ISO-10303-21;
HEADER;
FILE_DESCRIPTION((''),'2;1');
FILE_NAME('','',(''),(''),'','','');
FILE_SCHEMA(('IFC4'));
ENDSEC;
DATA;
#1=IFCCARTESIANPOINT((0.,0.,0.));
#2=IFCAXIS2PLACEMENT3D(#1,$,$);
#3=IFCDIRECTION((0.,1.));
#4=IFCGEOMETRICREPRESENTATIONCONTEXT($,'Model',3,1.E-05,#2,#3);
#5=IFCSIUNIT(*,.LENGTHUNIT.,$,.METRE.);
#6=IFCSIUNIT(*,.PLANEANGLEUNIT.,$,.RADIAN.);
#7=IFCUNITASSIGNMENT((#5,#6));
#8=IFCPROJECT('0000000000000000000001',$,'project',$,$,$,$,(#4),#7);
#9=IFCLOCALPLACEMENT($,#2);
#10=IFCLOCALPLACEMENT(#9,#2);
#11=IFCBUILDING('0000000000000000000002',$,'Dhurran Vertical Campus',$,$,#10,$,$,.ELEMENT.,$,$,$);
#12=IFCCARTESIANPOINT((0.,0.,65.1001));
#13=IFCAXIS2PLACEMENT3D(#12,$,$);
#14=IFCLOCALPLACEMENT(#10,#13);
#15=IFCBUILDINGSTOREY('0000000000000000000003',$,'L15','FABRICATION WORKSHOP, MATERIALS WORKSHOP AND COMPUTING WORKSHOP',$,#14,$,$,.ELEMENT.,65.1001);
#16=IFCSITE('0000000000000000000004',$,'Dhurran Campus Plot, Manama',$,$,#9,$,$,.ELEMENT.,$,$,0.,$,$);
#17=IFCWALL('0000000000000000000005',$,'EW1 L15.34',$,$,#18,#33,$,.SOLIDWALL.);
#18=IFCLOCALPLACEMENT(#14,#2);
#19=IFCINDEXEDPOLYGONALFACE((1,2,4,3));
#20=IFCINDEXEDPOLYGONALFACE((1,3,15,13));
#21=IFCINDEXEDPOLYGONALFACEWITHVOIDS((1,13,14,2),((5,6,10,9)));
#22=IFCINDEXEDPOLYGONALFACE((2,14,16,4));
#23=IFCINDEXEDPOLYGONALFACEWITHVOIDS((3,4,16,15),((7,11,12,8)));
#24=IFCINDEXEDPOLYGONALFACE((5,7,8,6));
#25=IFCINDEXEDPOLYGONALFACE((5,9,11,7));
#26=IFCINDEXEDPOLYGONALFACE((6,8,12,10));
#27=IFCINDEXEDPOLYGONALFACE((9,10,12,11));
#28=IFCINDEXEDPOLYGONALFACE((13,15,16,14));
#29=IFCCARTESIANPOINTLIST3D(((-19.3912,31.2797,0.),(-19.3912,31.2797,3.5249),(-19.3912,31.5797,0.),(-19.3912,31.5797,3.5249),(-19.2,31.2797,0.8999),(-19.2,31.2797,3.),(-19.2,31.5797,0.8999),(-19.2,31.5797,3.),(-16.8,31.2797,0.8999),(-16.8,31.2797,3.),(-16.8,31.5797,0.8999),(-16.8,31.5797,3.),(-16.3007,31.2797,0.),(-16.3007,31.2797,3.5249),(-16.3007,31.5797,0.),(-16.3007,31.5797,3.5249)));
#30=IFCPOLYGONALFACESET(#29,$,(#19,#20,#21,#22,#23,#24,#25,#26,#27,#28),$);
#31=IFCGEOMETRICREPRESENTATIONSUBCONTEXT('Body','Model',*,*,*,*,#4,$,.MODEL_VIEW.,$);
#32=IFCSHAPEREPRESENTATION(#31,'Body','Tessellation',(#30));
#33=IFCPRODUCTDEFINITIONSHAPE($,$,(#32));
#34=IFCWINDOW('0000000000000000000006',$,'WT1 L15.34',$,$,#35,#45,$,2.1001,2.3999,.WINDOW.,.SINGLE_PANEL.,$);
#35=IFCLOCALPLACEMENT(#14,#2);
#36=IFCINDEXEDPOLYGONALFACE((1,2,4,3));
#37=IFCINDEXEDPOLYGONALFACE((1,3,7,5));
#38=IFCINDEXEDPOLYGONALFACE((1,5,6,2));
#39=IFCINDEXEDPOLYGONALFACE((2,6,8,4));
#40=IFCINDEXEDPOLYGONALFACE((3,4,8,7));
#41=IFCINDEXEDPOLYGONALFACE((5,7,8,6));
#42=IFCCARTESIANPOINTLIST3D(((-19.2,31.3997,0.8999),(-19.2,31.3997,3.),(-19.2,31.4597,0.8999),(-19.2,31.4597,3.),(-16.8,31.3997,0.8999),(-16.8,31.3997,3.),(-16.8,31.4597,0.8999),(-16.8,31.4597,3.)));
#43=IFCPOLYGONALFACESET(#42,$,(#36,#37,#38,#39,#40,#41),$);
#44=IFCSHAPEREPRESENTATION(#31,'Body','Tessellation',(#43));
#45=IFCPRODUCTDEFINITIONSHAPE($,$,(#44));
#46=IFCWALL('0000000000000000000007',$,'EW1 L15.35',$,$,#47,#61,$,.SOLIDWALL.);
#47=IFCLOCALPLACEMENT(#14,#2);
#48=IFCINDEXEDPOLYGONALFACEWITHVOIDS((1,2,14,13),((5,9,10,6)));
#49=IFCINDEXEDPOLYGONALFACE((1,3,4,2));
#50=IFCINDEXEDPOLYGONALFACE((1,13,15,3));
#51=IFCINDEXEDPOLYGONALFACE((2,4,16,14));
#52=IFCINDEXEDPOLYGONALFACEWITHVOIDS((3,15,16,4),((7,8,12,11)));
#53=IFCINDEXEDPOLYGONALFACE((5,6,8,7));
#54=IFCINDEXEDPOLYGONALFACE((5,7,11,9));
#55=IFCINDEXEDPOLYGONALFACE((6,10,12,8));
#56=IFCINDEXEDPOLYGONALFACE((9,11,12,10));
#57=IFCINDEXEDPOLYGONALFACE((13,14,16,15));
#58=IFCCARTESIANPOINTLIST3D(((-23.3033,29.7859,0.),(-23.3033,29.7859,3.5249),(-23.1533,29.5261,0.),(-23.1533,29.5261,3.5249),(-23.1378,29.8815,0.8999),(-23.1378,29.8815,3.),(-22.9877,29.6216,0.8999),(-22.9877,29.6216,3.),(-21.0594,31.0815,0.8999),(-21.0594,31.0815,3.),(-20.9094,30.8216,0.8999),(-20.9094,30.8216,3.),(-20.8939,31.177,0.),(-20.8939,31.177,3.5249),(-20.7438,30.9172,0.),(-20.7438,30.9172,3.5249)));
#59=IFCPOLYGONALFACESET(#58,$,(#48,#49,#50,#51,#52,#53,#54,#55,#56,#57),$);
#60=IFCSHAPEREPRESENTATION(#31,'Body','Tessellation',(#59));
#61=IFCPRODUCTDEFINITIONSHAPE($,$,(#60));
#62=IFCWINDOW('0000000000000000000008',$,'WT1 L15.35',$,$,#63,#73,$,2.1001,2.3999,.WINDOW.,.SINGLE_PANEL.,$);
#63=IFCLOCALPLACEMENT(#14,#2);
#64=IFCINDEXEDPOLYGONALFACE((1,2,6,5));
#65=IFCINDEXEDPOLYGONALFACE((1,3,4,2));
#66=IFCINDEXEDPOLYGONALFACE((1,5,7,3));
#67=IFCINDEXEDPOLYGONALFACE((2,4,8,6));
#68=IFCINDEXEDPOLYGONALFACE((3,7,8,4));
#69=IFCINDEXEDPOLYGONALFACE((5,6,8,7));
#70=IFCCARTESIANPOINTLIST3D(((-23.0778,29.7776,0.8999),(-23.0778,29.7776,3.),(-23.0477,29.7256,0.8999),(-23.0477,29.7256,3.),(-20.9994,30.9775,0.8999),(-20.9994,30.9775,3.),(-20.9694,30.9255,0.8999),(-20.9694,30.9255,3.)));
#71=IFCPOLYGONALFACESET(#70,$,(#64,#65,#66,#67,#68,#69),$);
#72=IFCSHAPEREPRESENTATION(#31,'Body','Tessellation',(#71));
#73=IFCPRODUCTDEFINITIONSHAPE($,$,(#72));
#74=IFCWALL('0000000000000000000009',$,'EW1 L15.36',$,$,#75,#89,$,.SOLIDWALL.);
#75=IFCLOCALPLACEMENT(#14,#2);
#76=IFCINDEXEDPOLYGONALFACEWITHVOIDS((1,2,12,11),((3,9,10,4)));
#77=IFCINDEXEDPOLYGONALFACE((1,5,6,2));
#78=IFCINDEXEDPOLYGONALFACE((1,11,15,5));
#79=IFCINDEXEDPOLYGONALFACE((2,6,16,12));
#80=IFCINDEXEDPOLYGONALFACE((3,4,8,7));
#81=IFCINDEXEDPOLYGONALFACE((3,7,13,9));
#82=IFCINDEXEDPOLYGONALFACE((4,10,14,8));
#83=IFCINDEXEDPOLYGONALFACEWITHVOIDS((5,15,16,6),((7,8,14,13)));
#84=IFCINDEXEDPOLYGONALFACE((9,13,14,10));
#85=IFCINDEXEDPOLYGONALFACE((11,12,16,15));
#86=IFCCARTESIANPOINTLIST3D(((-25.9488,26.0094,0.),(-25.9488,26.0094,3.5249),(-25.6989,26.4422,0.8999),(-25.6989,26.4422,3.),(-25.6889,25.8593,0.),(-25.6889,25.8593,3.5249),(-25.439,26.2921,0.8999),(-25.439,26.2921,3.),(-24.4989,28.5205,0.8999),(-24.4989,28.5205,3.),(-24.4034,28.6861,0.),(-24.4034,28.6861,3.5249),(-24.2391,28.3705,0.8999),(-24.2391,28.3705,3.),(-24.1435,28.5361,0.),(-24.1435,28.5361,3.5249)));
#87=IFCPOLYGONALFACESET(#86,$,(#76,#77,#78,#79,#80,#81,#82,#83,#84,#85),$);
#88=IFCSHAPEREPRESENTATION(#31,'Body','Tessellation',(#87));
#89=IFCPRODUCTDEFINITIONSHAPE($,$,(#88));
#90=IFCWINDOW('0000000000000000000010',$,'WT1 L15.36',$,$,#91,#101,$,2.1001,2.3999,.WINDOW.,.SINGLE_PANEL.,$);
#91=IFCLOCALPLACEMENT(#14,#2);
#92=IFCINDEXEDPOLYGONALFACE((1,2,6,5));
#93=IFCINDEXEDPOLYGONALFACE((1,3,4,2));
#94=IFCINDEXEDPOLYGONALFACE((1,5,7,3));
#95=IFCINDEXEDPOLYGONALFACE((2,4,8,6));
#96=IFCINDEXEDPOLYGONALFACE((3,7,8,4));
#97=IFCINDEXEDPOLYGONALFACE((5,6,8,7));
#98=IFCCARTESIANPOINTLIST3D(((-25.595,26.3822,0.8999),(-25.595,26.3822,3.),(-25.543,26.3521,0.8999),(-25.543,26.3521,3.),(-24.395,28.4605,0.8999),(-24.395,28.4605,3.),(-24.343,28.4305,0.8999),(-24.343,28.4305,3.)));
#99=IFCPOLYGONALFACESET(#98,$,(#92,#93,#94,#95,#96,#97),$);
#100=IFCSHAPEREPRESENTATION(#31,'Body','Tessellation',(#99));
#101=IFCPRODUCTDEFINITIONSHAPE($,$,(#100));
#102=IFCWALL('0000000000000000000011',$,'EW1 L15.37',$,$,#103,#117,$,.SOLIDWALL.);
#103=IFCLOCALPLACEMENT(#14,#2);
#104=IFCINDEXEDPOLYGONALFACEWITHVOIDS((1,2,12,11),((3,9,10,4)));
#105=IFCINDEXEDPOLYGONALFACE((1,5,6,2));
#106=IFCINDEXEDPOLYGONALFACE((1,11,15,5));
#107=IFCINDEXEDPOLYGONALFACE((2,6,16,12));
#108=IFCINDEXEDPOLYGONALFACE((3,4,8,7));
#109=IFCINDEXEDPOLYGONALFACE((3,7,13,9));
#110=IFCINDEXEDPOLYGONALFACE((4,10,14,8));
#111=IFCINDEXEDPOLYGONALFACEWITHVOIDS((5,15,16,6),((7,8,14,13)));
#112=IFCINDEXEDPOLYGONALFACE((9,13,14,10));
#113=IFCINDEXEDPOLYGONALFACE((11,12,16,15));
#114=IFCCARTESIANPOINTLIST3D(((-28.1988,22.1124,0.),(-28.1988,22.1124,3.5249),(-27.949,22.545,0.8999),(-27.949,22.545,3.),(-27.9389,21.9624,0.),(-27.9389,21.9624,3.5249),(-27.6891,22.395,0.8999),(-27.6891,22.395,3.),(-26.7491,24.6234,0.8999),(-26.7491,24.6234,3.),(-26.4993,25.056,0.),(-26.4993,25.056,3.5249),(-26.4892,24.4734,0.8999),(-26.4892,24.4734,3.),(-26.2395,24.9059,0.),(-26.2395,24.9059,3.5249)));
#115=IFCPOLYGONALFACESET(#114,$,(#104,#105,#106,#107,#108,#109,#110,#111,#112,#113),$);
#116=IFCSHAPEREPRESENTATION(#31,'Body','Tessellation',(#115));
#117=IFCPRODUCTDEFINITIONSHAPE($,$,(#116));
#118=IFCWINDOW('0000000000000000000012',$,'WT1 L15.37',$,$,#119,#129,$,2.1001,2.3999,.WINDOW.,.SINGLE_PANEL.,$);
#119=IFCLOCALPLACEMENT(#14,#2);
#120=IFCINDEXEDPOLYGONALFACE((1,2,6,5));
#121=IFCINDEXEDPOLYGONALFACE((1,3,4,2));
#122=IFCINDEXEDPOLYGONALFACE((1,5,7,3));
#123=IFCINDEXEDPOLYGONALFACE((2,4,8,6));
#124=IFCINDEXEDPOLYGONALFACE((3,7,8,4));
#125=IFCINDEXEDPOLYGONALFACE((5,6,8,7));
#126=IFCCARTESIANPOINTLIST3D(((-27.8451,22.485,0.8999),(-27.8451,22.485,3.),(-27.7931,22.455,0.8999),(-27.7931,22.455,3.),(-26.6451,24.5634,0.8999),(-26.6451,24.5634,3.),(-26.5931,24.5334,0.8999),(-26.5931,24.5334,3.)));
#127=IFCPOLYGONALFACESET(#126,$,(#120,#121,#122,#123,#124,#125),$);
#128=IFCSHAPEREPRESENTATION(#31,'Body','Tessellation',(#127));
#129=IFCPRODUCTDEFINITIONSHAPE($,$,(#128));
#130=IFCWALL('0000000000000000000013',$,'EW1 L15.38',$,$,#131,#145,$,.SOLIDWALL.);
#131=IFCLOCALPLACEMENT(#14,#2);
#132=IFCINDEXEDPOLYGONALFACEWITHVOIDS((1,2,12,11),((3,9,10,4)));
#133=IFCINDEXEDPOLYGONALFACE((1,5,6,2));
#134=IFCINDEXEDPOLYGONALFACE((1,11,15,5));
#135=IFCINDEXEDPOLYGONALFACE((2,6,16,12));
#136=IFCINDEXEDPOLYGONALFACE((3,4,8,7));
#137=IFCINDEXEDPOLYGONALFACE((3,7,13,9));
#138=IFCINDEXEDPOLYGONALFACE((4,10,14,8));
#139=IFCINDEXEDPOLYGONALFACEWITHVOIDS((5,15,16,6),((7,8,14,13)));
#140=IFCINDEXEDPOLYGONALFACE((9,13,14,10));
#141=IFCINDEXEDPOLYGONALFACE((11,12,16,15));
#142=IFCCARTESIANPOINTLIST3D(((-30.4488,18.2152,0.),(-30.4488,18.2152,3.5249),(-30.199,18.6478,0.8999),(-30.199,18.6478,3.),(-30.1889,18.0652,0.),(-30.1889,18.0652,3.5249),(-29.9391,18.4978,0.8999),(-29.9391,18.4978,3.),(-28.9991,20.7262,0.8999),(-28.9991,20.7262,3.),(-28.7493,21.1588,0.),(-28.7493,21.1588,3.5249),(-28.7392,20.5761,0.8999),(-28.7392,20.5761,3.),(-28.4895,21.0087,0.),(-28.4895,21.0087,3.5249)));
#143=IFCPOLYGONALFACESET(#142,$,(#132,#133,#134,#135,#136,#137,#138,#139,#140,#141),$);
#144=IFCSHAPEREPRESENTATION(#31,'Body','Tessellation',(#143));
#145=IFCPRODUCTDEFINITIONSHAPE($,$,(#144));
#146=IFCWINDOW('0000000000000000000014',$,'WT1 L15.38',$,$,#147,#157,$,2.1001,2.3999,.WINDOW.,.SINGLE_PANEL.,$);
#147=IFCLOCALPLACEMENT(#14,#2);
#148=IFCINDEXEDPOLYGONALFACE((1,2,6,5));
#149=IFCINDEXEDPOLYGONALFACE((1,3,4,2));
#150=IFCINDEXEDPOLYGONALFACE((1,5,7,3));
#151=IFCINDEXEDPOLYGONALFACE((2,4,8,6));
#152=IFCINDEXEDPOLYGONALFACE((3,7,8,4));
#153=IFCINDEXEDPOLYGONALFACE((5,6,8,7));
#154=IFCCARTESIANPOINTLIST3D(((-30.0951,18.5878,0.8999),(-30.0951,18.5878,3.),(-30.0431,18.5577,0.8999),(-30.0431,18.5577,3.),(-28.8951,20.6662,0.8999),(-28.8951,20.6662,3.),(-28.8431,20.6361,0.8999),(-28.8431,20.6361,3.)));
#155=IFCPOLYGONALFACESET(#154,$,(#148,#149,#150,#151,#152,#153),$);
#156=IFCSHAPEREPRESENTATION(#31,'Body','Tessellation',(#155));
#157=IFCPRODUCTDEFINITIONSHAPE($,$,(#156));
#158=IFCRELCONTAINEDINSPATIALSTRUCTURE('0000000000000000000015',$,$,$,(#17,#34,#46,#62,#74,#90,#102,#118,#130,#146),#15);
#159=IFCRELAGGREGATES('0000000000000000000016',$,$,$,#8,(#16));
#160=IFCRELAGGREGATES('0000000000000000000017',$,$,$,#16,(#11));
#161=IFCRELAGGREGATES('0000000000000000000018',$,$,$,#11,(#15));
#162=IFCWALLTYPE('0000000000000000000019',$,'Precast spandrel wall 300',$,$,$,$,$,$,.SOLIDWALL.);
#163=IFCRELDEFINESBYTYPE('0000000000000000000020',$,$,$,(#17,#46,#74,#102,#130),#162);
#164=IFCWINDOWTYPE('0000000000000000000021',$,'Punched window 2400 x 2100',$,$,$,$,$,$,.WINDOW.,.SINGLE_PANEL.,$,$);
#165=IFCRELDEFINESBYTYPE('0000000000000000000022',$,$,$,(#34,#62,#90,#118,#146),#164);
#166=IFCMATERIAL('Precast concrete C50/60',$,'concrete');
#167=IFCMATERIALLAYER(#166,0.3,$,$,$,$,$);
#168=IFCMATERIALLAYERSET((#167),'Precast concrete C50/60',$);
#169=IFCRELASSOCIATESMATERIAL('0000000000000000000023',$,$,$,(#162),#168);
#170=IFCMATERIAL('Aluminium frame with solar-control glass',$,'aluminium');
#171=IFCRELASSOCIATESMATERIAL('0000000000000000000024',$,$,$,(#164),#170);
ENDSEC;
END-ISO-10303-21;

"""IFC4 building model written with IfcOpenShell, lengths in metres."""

from ifc_helpers import new_model, si_unit, direction, frame, frame_2d, origin, place, context, subcontext, project, spatial, rectangle, extrude, material, layer, layer_set, type_object, element, fill, save


model = new_model("IFC4")

# Units and contexts
model_context = context("Model", 3, precision=1e-05, world=origin(), true_north=direction((0.0, 1.0)))
body_context = subcontext(model_context, "Body", "Model", "MODEL_VIEW")
ifc_project = project(units=[si_unit("LENGTHUNIT", "METRE"), si_unit("PLANEANGLEUNIT", "RADIAN")], contexts=[model_context])

# Site, building, storey
site_placement = place(None, origin())
site = spatial("IfcSite", under=ifc_project, at=site_placement, Name="Dhurran Campus Plot, Manama", CompositionType="ELEMENT", RefElevation=0.0)
building_placement = place(site_placement, origin())
building = spatial("IfcBuilding", under=site, at=building_placement, Name="Dhurran Vertical Campus", CompositionType="ELEMENT")
storey_placement = place(building_placement, frame((0.0, 0.0, 65.1001)))
storey = spatial("IfcBuildingStorey", under=building, at=storey_placement, Name="L15", Description="FABRICATION WORKSHOP, MATERIALS WORKSHOP AND COMPUTING WORKSHOP", CompositionType="ELEMENT", Elevation=65.1001)

# Walls, openings, windows
ifc_material_1 = material(Name="Precast concrete C50/60", Category="concrete")
ifc_layer_1 = layer(ifc_material_1, 0.3)
ifc_layer_set_1 = layer_set([ifc_layer_1], Name="Precast concrete C50/60")
wall_type_1 = type_object("IfcWallType", Name="Precast spandrel wall 300", PredefinedType="SOLIDWALL", material=ifc_layer_set_1)
wall_1_placement = place(storey_placement, frame((-16.3005, 31.4297, 0.0), z_axis=(0.0, 0.0, 1.0), x_axis=(-1.0, 0.0, 0.0)))
wall_1 = element("IfcWall", 1, at=wall_1_placement, inside=storey, type_object=wall_type_1, Name="EW1 L15.34", PredefinedType="SOLIDWALL", context=body_context, shape_type="SweptSolid", body=[
    extrude(rectangle(XDim=3.0906, YDim=0.3, at=frame_2d((1.5454, 0.0))), origin(), (0.0, 0.0, 1.0), 3.5249),
])
opening_1_placement = place(wall_1_placement, frame((0.4995, 0.0, 0.8999)))
opening_1 = element("IfcOpeningElement", 2, at=opening_1_placement, cuts=wall_1, PredefinedType="OPENING", context=body_context, shape_type="SweptSolid", body=[
    extrude(rectangle(XDim=2.3999, YDim=2.1001, at=frame_2d((1.2, 1.05))), frame((0.0, 0.1599, 0.0), z_axis=(0.0, -1.0, 0.0), x_axis=(1.0, 0.0, 0.0)), (0.0, 0.0, 1.0), 0.3201),
])
ifc_material_2 = material(Name="Aluminium frame with solar-control glass", Category="aluminium")
window_type = type_object("IfcWindowType", Name="Punched window 2400 x 2100", PartitioningType="SINGLE_PANEL", PredefinedType="WINDOW", material=ifc_material_2)
window_1_placement = place(opening_1_placement, origin())
window_1 = element("IfcWindow", 3, at=window_1_placement, inside=storey, type_object=window_type, Name="WT1 L15.34", OverallHeight=2.1001, OverallWidth=2.3999, PartitioningType="SINGLE_PANEL", PredefinedType="WINDOW", context=body_context, shape_type="SweptSolid", body=[
    extrude(rectangle(XDim=2.3999, YDim=2.1001, at=frame_2d((1.2, 1.05))), frame((0.0, 0.03, 0.0), z_axis=(0.0, -1.0, 0.0), x_axis=(1.0, 0.0, 0.0)), (0.0, 0.0, 1.0), 0.0601),
])
fill(opening_1, window_1)
wall_2_placement = place(storey_placement, frame((-20.8188, 31.0471, 0.0), z_axis=(0.0, 0.0, 1.0), x_axis=(-0.86602, -0.500009, 0.0)))
wall_2 = element("IfcWall", 4, at=wall_2_placement, inside=storey, type_object=wall_type_1, Name="EW1 L15.35", PredefinedType="SOLIDWALL", context=body_context, shape_type="SweptSolid", body=[
    extrude(rectangle(XDim=2.7822, YDim=0.3, at=frame_2d((1.3911, 0.0))), origin(), (0.0, 0.0, 1.0), 3.5249),
])
opening_2_placement = place(wall_2_placement, frame((0.1912, 0.0, 0.8999)))
opening_2 = element("IfcOpeningElement", 5, at=opening_2_placement, cuts=wall_2, PredefinedType="OPENING", context=body_context, shape_type="SweptSolid", body=[
    extrude(rectangle(XDim=2.3999, YDim=2.1001, at=frame_2d((1.2, 1.05))), frame((0.0, 0.1599, 0.0), z_axis=(0.0, -1.0, 0.0), x_axis=(1.0, 0.0, 0.0)), (0.0, 0.0, 1.0), 0.3201),
])
window_2_placement = place(opening_2_placement, origin())
window_2 = element("IfcWindow", 6, at=window_2_placement, inside=storey, type_object=window_type, Name="WT1 L15.35", OverallHeight=2.1001, OverallWidth=2.3999, PartitioningType="SINGLE_PANEL", PredefinedType="WINDOW", context=body_context, shape_type="SweptSolid", body=[
    extrude(rectangle(XDim=2.3999, YDim=2.1001, at=frame_2d((1.2, 1.05))), frame((0.0, 0.03, 0.0), z_axis=(0.0, -1.0, 0.0), x_axis=(1.0, 0.0, 0.0)), (0.0, 0.0, 1.0), 0.0601),
])
fill(opening_2, window_2)
wall_3_placement = place(storey_placement, frame((-24.2734, 28.6111, 0.0), z_axis=(0.0, 0.0, 1.0), x_axis=(-0.499996, -0.866028, 0.0)))
wall_3 = element("IfcWall", 7, at=wall_3_placement, inside=storey, type_object=wall_type_1, Name="EW1 L15.36", PredefinedType="SOLIDWALL", context=body_context, shape_type="SweptSolid", body=[
    extrude(rectangle(XDim=3.0908, YDim=0.3, at=frame_2d((1.5454, 0.0))), origin(), (0.0, 0.0, 1.0), 3.5249),
])
opening_3_placement = place(wall_3_placement, frame((0.1912, 0.0, 0.8999)))
opening_3 = element("IfcOpeningElement", 8, at=opening_3_placement, cuts=wall_3, PredefinedType="OPENING", context=body_context, shape_type="SweptSolid", body=[
    extrude(rectangle(XDim=2.3999, YDim=2.1001, at=frame_2d((1.2, 1.05))), frame((0.0, 0.1599, 0.0), z_axis=(0.0, -1.0, 0.0), x_axis=(1.0, 0.0, 0.0)), (0.0, 0.0, 1.0), 0.3201),
])
window_3_placement = place(opening_3_placement, origin())
window_3 = element("IfcWindow", 9, at=window_3_placement, inside=storey, type_object=window_type, Name="WT1 L15.36", OverallHeight=2.1001, OverallWidth=2.3999, PartitioningType="SINGLE_PANEL", PredefinedType="WINDOW", context=body_context, shape_type="SweptSolid", body=[
    extrude(rectangle(XDim=2.3999, YDim=2.1001, at=frame_2d((1.2, 1.05))), frame((0.0, 0.03, 0.0), z_axis=(0.0, -1.0, 0.0), x_axis=(1.0, 0.0, 0.0)), (0.0, 0.0, 1.0), 0.0601),
])
fill(opening_3, window_3)
wall_4_placement = place(storey_placement, frame((-26.3694, 24.981, 0.0), z_axis=(0.0, 0.0, 1.0), x_axis=(-0.499994, -0.866029, 0.0)))
wall_4 = element("IfcWall", 10, at=wall_4_placement, inside=storey, type_object=wall_type_1, Name="EW1 L15.37", PredefinedType="SOLIDWALL", context=body_context, shape_type="SweptSolid", body=[
    extrude(rectangle(XDim=3.3989, YDim=0.3, at=frame_2d((1.6995, 0.0))), origin(), (0.0, 0.0, 1.0), 3.5249),
])
opening_4_placement = place(wall_4_placement, frame((0.4995, 0.0, 0.8999)))
opening_4 = element("IfcOpeningElement", 11, at=opening_4_placement, cuts=wall_4, PredefinedType="OPENING", context=body_context, shape_type="SweptSolid", body=[
    extrude(rectangle(XDim=2.3999, YDim=2.1001, at=frame_2d((1.2, 1.05))), frame((0.0, 0.1599, 0.0), z_axis=(0.0, -1.0, 0.0), x_axis=(1.0, 0.0, 0.0)), (0.0, 0.0, 1.0), 0.3201),
])
window_4_placement = place(opening_4_placement, origin())
window_4 = element("IfcWindow", 12, at=window_4_placement, inside=storey, type_object=window_type, Name="WT1 L15.37", OverallHeight=2.1001, OverallWidth=2.3999, PartitioningType="SINGLE_PANEL", PredefinedType="WINDOW", context=body_context, shape_type="SweptSolid", body=[
    extrude(rectangle(XDim=2.3999, YDim=2.1001, at=frame_2d((1.2, 1.05))), frame((0.0, 0.03, 0.0), z_axis=(0.0, -1.0, 0.0), x_axis=(1.0, 0.0, 0.0)), (0.0, 0.0, 1.0), 0.0601),
])
fill(opening_4, window_4)
wall_5_placement = place(storey_placement, frame((-28.6194, 21.0837, 0.0), z_axis=(0.0, 0.0, 1.0), x_axis=(-0.499994, -0.866029, 0.0)))
wall_5 = element("IfcWall", 13, at=wall_5_placement, inside=storey, type_object=wall_type_1, Name="EW1 L15.38", PredefinedType="SOLIDWALL", context=body_context, shape_type="SweptSolid", body=[
    extrude(rectangle(XDim=3.3989, YDim=0.3, at=frame_2d((1.6995, 0.0))), origin(), (0.0, 0.0, 1.0), 3.5249),
])
opening_5_placement = place(wall_5_placement, frame((0.4995, 0.0, 0.8999)))
opening_5 = element("IfcOpeningElement", 14, at=opening_5_placement, cuts=wall_5, PredefinedType="OPENING", context=body_context, shape_type="SweptSolid", body=[
    extrude(rectangle(XDim=2.3999, YDim=2.1001, at=frame_2d((1.2, 1.05))), frame((0.0, 0.1599, 0.0), z_axis=(0.0, -1.0, 0.0), x_axis=(1.0, 0.0, 0.0)), (0.0, 0.0, 1.0), 0.3201),
])
window_5_placement = place(opening_5_placement, origin())
window_5 = element("IfcWindow", 15, at=window_5_placement, inside=storey, type_object=window_type, Name="WT1 L15.38", OverallHeight=2.1001, OverallWidth=2.3999, PartitioningType="SINGLE_PANEL", PredefinedType="WINDOW", context=body_context, shape_type="SweptSolid", body=[
    extrude(rectangle(XDim=2.3999, YDim=2.1001, at=frame_2d((1.2, 1.05))), frame((0.0, 0.03, 0.0), z_axis=(0.0, -1.0, 0.0), x_axis=(1.0, 0.0, 0.0)), (0.0, 0.0, 1.0), 0.0601),
])
fill(opening_5, window_5)

save(model, "model.ifc")
